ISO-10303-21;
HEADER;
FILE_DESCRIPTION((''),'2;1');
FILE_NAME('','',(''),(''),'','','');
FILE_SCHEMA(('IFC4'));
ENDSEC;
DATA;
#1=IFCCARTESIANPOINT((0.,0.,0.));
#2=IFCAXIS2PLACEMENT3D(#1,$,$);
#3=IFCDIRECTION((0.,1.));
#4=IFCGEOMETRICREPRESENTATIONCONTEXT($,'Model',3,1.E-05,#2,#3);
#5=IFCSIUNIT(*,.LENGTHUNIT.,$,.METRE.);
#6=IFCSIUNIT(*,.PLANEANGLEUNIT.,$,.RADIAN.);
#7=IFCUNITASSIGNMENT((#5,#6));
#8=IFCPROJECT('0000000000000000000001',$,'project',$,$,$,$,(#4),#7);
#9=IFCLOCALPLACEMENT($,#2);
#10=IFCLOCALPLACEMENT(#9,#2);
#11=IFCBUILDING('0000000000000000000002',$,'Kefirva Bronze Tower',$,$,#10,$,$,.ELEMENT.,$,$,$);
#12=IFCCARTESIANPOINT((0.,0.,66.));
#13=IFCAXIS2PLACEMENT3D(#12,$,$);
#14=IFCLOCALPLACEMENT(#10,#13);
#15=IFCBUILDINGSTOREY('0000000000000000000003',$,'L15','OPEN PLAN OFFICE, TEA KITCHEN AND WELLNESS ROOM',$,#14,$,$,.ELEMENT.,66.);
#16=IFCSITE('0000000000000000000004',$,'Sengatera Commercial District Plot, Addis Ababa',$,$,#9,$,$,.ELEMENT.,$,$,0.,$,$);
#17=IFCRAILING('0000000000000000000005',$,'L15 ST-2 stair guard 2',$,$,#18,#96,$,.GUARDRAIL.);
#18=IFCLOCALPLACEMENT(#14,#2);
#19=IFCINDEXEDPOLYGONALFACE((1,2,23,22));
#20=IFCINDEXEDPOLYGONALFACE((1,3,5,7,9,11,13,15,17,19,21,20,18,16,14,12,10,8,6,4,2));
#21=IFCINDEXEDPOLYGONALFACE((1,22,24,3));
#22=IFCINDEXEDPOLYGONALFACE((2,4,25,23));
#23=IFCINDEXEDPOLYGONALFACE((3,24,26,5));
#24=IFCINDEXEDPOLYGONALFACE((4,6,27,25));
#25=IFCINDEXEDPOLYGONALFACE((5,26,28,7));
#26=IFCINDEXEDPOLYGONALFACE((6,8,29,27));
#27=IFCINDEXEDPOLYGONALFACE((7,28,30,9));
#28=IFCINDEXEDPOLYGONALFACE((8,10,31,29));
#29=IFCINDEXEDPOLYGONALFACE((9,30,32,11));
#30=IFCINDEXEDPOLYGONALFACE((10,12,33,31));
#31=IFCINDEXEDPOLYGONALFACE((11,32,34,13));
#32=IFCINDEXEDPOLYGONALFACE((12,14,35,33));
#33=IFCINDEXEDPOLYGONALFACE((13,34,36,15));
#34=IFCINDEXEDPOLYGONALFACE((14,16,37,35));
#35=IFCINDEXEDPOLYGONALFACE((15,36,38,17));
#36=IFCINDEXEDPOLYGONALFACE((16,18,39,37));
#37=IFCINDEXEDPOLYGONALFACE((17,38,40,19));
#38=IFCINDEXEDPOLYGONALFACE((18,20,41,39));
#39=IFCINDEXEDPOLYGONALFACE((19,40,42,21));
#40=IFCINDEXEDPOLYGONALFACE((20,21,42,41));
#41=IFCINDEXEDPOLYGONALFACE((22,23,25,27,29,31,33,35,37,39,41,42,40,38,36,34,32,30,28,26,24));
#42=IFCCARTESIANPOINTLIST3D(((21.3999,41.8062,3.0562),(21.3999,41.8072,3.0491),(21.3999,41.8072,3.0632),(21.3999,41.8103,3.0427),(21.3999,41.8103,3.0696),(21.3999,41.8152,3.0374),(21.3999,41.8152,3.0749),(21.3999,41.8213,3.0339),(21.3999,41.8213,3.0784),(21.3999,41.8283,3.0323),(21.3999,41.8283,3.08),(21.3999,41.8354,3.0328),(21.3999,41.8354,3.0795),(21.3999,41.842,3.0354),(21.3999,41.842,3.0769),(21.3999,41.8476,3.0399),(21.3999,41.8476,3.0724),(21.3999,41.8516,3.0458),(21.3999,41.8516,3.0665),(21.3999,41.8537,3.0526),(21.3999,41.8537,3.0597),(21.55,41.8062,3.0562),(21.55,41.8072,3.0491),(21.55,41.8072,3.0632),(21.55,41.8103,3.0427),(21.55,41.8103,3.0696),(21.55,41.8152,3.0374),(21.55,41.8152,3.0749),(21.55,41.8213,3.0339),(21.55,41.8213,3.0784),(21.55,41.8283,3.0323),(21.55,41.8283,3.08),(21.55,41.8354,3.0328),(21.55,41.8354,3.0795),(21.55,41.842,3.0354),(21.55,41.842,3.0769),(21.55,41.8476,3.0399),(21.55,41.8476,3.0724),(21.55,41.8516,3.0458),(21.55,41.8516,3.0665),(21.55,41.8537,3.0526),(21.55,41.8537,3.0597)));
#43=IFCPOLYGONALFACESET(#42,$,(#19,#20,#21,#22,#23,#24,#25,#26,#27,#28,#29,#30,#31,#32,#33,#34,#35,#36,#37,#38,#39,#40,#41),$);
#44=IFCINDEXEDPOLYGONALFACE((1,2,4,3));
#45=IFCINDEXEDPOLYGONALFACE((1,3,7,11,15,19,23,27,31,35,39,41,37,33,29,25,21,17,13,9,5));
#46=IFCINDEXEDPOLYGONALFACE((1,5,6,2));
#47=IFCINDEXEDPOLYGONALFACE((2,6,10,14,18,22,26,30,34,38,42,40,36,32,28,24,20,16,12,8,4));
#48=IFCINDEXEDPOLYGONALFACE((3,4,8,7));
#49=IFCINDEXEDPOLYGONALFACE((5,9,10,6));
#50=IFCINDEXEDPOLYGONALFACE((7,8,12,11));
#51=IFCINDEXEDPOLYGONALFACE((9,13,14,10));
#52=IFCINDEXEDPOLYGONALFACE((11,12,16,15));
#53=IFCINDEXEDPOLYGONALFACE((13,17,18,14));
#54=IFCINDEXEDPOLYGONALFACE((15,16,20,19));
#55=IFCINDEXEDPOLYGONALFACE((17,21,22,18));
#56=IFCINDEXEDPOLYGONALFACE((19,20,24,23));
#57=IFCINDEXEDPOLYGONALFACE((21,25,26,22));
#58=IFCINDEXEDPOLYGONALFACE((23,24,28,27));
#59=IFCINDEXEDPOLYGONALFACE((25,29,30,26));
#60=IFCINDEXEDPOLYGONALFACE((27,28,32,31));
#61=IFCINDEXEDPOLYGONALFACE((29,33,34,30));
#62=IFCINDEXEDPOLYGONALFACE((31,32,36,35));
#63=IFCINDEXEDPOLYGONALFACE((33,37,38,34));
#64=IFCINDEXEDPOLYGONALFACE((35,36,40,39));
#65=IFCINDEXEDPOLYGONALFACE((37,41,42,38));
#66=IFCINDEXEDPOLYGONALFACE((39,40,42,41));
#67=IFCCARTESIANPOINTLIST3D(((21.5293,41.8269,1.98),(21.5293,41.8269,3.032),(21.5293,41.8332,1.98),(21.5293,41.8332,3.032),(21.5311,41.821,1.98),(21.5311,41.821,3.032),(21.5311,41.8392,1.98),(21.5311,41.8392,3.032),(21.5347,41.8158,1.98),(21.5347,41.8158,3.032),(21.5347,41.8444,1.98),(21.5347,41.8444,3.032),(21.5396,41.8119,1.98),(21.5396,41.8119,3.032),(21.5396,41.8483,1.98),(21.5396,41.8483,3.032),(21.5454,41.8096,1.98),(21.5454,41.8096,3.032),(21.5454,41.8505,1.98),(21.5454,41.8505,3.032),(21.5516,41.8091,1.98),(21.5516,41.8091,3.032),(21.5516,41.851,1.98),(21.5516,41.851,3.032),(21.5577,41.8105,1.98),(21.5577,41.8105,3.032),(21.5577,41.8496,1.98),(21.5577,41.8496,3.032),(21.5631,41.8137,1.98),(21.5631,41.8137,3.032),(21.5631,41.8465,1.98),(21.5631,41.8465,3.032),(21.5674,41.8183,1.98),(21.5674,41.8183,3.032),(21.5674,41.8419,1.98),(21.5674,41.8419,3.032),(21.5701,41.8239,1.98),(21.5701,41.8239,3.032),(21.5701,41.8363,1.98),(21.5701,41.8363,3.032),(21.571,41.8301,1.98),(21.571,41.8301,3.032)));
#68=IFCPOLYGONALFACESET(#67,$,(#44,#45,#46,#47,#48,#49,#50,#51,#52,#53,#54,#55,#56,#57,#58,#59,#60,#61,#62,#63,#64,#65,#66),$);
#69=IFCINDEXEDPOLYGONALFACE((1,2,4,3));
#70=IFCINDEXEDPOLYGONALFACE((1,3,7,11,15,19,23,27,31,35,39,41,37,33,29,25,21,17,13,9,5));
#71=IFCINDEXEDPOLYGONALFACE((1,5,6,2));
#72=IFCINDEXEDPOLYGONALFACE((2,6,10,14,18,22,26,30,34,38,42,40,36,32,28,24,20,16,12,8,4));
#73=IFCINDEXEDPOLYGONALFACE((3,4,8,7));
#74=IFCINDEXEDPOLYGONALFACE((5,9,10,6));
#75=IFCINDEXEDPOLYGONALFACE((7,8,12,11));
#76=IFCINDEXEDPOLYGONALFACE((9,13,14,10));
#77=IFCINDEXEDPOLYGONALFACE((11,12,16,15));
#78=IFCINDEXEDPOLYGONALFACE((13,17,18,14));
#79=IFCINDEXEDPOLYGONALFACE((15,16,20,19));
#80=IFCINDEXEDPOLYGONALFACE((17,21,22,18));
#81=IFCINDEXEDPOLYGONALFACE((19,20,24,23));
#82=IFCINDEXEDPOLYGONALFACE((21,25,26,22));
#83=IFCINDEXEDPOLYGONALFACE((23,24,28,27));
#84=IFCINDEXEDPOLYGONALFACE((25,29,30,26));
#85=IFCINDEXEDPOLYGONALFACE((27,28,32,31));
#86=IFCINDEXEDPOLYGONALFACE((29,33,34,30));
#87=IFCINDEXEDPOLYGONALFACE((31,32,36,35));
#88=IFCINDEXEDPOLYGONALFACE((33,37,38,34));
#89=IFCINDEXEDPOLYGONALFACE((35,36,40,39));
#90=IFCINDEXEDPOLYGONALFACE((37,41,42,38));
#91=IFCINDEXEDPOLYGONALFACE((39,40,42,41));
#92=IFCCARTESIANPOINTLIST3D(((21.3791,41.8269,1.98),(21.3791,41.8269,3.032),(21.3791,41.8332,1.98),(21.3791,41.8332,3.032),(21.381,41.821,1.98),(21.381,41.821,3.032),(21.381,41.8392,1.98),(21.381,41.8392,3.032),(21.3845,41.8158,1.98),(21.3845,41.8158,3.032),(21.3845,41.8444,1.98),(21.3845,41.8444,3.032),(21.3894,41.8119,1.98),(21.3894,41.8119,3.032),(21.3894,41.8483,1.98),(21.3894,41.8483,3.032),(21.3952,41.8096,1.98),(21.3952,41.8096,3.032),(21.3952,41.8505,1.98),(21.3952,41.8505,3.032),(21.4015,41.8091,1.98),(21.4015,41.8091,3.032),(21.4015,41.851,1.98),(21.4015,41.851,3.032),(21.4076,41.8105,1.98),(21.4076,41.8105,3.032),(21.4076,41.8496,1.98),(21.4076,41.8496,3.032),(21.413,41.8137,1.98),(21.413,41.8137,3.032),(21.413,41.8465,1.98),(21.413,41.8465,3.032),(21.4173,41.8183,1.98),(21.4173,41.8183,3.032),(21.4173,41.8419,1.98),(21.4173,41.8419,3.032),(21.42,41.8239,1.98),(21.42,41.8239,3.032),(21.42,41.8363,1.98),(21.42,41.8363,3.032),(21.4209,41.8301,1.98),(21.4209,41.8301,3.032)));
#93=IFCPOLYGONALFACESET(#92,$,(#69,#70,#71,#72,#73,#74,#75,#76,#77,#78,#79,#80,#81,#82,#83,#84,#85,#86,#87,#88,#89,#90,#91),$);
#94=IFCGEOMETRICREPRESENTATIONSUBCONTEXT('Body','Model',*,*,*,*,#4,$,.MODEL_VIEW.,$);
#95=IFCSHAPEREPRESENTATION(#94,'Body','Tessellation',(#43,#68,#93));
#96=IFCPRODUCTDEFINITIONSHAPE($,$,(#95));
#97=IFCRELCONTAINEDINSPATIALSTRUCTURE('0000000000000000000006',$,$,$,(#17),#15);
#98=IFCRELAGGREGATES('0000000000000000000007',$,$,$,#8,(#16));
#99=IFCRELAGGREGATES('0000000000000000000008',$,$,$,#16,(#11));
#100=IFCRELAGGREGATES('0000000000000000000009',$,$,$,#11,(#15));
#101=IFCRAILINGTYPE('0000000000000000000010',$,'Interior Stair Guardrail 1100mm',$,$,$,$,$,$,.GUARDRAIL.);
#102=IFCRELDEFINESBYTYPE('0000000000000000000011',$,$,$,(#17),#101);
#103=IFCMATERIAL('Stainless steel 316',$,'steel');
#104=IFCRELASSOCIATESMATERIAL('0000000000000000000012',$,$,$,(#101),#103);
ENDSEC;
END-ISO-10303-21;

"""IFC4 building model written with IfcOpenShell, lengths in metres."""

from ifc_helpers import new_model, si_unit, direction, frame, origin, origin_2d, place, context, subcontext, project, spatial, circle, extrude, material, type_object, element, save


model = new_model("IFC4")

# Units and contexts
model_context = context("Model", 3, precision=1e-05, world=origin(), true_north=direction((0.0, 1.0)))
body_context = subcontext(model_context, "Body", "Model", "MODEL_VIEW")
ifc_project = project(units=[si_unit("LENGTHUNIT", "METRE"), si_unit("PLANEANGLEUNIT", "RADIAN")], contexts=[model_context])

# Site, building, storey
site_placement = place(None, origin())
site = spatial("IfcSite", under=ifc_project, at=site_placement, Name="Sengatera Commercial District Plot, Addis Ababa", CompositionType="ELEMENT", RefElevation=0.0)
building_placement = place(site_placement, origin())
building = spatial("IfcBuilding", under=site, at=building_placement, Name="Kefirva Bronze Tower", CompositionType="ELEMENT")
storey_placement = place(building_placement, frame((0.0, 0.0, 66.0)))
storey = spatial("IfcBuildingStorey", under=building, at=storey_placement, Name="L15", Description="OPEN PLAN OFFICE, TEA KITCHEN AND WELLNESS ROOM", CompositionType="ELEMENT", Elevation=66.0)

# Railing
ifc_material_1 = material(Name="Stainless steel 316", Category="steel")
railing_type_1 = type_object("IfcRailingType", Name="Interior Stair Guardrail 1100mm", PredefinedType="GUARDRAIL", material=ifc_material_1)
railing_1_placement = place(storey_placement, frame((21.55, 41.8301, 1.98)))
element("IfcRailing", 1, at=railing_1_placement, inside=storey, type_object=railing_type_1, Name="L15 ST-2 stair guard 2", PredefinedType="GUARDRAIL", context=body_context, shape_type="SweptSolid", body=[
    extrude(circle(Radius=0.0239, at=origin_2d()), frame((0.0, 0.0, 1.0762), z_axis=(-1.0, 0.0, 0.0), x_axis=(0.0, -1.0, 0.0)), (0.0, 0.0, 1.0), 0.1501),
    extrude(circle(Radius=0.021, at=origin_2d()), origin(), (0.0, 0.0, 1.0), 1.052),
    extrude(circle(Radius=0.021, at=origin_2d()), frame((-0.1501, 0.0, 0.0)), (0.0, 0.0, 1.0), 1.052),
])

save(model, "model.ifc")
